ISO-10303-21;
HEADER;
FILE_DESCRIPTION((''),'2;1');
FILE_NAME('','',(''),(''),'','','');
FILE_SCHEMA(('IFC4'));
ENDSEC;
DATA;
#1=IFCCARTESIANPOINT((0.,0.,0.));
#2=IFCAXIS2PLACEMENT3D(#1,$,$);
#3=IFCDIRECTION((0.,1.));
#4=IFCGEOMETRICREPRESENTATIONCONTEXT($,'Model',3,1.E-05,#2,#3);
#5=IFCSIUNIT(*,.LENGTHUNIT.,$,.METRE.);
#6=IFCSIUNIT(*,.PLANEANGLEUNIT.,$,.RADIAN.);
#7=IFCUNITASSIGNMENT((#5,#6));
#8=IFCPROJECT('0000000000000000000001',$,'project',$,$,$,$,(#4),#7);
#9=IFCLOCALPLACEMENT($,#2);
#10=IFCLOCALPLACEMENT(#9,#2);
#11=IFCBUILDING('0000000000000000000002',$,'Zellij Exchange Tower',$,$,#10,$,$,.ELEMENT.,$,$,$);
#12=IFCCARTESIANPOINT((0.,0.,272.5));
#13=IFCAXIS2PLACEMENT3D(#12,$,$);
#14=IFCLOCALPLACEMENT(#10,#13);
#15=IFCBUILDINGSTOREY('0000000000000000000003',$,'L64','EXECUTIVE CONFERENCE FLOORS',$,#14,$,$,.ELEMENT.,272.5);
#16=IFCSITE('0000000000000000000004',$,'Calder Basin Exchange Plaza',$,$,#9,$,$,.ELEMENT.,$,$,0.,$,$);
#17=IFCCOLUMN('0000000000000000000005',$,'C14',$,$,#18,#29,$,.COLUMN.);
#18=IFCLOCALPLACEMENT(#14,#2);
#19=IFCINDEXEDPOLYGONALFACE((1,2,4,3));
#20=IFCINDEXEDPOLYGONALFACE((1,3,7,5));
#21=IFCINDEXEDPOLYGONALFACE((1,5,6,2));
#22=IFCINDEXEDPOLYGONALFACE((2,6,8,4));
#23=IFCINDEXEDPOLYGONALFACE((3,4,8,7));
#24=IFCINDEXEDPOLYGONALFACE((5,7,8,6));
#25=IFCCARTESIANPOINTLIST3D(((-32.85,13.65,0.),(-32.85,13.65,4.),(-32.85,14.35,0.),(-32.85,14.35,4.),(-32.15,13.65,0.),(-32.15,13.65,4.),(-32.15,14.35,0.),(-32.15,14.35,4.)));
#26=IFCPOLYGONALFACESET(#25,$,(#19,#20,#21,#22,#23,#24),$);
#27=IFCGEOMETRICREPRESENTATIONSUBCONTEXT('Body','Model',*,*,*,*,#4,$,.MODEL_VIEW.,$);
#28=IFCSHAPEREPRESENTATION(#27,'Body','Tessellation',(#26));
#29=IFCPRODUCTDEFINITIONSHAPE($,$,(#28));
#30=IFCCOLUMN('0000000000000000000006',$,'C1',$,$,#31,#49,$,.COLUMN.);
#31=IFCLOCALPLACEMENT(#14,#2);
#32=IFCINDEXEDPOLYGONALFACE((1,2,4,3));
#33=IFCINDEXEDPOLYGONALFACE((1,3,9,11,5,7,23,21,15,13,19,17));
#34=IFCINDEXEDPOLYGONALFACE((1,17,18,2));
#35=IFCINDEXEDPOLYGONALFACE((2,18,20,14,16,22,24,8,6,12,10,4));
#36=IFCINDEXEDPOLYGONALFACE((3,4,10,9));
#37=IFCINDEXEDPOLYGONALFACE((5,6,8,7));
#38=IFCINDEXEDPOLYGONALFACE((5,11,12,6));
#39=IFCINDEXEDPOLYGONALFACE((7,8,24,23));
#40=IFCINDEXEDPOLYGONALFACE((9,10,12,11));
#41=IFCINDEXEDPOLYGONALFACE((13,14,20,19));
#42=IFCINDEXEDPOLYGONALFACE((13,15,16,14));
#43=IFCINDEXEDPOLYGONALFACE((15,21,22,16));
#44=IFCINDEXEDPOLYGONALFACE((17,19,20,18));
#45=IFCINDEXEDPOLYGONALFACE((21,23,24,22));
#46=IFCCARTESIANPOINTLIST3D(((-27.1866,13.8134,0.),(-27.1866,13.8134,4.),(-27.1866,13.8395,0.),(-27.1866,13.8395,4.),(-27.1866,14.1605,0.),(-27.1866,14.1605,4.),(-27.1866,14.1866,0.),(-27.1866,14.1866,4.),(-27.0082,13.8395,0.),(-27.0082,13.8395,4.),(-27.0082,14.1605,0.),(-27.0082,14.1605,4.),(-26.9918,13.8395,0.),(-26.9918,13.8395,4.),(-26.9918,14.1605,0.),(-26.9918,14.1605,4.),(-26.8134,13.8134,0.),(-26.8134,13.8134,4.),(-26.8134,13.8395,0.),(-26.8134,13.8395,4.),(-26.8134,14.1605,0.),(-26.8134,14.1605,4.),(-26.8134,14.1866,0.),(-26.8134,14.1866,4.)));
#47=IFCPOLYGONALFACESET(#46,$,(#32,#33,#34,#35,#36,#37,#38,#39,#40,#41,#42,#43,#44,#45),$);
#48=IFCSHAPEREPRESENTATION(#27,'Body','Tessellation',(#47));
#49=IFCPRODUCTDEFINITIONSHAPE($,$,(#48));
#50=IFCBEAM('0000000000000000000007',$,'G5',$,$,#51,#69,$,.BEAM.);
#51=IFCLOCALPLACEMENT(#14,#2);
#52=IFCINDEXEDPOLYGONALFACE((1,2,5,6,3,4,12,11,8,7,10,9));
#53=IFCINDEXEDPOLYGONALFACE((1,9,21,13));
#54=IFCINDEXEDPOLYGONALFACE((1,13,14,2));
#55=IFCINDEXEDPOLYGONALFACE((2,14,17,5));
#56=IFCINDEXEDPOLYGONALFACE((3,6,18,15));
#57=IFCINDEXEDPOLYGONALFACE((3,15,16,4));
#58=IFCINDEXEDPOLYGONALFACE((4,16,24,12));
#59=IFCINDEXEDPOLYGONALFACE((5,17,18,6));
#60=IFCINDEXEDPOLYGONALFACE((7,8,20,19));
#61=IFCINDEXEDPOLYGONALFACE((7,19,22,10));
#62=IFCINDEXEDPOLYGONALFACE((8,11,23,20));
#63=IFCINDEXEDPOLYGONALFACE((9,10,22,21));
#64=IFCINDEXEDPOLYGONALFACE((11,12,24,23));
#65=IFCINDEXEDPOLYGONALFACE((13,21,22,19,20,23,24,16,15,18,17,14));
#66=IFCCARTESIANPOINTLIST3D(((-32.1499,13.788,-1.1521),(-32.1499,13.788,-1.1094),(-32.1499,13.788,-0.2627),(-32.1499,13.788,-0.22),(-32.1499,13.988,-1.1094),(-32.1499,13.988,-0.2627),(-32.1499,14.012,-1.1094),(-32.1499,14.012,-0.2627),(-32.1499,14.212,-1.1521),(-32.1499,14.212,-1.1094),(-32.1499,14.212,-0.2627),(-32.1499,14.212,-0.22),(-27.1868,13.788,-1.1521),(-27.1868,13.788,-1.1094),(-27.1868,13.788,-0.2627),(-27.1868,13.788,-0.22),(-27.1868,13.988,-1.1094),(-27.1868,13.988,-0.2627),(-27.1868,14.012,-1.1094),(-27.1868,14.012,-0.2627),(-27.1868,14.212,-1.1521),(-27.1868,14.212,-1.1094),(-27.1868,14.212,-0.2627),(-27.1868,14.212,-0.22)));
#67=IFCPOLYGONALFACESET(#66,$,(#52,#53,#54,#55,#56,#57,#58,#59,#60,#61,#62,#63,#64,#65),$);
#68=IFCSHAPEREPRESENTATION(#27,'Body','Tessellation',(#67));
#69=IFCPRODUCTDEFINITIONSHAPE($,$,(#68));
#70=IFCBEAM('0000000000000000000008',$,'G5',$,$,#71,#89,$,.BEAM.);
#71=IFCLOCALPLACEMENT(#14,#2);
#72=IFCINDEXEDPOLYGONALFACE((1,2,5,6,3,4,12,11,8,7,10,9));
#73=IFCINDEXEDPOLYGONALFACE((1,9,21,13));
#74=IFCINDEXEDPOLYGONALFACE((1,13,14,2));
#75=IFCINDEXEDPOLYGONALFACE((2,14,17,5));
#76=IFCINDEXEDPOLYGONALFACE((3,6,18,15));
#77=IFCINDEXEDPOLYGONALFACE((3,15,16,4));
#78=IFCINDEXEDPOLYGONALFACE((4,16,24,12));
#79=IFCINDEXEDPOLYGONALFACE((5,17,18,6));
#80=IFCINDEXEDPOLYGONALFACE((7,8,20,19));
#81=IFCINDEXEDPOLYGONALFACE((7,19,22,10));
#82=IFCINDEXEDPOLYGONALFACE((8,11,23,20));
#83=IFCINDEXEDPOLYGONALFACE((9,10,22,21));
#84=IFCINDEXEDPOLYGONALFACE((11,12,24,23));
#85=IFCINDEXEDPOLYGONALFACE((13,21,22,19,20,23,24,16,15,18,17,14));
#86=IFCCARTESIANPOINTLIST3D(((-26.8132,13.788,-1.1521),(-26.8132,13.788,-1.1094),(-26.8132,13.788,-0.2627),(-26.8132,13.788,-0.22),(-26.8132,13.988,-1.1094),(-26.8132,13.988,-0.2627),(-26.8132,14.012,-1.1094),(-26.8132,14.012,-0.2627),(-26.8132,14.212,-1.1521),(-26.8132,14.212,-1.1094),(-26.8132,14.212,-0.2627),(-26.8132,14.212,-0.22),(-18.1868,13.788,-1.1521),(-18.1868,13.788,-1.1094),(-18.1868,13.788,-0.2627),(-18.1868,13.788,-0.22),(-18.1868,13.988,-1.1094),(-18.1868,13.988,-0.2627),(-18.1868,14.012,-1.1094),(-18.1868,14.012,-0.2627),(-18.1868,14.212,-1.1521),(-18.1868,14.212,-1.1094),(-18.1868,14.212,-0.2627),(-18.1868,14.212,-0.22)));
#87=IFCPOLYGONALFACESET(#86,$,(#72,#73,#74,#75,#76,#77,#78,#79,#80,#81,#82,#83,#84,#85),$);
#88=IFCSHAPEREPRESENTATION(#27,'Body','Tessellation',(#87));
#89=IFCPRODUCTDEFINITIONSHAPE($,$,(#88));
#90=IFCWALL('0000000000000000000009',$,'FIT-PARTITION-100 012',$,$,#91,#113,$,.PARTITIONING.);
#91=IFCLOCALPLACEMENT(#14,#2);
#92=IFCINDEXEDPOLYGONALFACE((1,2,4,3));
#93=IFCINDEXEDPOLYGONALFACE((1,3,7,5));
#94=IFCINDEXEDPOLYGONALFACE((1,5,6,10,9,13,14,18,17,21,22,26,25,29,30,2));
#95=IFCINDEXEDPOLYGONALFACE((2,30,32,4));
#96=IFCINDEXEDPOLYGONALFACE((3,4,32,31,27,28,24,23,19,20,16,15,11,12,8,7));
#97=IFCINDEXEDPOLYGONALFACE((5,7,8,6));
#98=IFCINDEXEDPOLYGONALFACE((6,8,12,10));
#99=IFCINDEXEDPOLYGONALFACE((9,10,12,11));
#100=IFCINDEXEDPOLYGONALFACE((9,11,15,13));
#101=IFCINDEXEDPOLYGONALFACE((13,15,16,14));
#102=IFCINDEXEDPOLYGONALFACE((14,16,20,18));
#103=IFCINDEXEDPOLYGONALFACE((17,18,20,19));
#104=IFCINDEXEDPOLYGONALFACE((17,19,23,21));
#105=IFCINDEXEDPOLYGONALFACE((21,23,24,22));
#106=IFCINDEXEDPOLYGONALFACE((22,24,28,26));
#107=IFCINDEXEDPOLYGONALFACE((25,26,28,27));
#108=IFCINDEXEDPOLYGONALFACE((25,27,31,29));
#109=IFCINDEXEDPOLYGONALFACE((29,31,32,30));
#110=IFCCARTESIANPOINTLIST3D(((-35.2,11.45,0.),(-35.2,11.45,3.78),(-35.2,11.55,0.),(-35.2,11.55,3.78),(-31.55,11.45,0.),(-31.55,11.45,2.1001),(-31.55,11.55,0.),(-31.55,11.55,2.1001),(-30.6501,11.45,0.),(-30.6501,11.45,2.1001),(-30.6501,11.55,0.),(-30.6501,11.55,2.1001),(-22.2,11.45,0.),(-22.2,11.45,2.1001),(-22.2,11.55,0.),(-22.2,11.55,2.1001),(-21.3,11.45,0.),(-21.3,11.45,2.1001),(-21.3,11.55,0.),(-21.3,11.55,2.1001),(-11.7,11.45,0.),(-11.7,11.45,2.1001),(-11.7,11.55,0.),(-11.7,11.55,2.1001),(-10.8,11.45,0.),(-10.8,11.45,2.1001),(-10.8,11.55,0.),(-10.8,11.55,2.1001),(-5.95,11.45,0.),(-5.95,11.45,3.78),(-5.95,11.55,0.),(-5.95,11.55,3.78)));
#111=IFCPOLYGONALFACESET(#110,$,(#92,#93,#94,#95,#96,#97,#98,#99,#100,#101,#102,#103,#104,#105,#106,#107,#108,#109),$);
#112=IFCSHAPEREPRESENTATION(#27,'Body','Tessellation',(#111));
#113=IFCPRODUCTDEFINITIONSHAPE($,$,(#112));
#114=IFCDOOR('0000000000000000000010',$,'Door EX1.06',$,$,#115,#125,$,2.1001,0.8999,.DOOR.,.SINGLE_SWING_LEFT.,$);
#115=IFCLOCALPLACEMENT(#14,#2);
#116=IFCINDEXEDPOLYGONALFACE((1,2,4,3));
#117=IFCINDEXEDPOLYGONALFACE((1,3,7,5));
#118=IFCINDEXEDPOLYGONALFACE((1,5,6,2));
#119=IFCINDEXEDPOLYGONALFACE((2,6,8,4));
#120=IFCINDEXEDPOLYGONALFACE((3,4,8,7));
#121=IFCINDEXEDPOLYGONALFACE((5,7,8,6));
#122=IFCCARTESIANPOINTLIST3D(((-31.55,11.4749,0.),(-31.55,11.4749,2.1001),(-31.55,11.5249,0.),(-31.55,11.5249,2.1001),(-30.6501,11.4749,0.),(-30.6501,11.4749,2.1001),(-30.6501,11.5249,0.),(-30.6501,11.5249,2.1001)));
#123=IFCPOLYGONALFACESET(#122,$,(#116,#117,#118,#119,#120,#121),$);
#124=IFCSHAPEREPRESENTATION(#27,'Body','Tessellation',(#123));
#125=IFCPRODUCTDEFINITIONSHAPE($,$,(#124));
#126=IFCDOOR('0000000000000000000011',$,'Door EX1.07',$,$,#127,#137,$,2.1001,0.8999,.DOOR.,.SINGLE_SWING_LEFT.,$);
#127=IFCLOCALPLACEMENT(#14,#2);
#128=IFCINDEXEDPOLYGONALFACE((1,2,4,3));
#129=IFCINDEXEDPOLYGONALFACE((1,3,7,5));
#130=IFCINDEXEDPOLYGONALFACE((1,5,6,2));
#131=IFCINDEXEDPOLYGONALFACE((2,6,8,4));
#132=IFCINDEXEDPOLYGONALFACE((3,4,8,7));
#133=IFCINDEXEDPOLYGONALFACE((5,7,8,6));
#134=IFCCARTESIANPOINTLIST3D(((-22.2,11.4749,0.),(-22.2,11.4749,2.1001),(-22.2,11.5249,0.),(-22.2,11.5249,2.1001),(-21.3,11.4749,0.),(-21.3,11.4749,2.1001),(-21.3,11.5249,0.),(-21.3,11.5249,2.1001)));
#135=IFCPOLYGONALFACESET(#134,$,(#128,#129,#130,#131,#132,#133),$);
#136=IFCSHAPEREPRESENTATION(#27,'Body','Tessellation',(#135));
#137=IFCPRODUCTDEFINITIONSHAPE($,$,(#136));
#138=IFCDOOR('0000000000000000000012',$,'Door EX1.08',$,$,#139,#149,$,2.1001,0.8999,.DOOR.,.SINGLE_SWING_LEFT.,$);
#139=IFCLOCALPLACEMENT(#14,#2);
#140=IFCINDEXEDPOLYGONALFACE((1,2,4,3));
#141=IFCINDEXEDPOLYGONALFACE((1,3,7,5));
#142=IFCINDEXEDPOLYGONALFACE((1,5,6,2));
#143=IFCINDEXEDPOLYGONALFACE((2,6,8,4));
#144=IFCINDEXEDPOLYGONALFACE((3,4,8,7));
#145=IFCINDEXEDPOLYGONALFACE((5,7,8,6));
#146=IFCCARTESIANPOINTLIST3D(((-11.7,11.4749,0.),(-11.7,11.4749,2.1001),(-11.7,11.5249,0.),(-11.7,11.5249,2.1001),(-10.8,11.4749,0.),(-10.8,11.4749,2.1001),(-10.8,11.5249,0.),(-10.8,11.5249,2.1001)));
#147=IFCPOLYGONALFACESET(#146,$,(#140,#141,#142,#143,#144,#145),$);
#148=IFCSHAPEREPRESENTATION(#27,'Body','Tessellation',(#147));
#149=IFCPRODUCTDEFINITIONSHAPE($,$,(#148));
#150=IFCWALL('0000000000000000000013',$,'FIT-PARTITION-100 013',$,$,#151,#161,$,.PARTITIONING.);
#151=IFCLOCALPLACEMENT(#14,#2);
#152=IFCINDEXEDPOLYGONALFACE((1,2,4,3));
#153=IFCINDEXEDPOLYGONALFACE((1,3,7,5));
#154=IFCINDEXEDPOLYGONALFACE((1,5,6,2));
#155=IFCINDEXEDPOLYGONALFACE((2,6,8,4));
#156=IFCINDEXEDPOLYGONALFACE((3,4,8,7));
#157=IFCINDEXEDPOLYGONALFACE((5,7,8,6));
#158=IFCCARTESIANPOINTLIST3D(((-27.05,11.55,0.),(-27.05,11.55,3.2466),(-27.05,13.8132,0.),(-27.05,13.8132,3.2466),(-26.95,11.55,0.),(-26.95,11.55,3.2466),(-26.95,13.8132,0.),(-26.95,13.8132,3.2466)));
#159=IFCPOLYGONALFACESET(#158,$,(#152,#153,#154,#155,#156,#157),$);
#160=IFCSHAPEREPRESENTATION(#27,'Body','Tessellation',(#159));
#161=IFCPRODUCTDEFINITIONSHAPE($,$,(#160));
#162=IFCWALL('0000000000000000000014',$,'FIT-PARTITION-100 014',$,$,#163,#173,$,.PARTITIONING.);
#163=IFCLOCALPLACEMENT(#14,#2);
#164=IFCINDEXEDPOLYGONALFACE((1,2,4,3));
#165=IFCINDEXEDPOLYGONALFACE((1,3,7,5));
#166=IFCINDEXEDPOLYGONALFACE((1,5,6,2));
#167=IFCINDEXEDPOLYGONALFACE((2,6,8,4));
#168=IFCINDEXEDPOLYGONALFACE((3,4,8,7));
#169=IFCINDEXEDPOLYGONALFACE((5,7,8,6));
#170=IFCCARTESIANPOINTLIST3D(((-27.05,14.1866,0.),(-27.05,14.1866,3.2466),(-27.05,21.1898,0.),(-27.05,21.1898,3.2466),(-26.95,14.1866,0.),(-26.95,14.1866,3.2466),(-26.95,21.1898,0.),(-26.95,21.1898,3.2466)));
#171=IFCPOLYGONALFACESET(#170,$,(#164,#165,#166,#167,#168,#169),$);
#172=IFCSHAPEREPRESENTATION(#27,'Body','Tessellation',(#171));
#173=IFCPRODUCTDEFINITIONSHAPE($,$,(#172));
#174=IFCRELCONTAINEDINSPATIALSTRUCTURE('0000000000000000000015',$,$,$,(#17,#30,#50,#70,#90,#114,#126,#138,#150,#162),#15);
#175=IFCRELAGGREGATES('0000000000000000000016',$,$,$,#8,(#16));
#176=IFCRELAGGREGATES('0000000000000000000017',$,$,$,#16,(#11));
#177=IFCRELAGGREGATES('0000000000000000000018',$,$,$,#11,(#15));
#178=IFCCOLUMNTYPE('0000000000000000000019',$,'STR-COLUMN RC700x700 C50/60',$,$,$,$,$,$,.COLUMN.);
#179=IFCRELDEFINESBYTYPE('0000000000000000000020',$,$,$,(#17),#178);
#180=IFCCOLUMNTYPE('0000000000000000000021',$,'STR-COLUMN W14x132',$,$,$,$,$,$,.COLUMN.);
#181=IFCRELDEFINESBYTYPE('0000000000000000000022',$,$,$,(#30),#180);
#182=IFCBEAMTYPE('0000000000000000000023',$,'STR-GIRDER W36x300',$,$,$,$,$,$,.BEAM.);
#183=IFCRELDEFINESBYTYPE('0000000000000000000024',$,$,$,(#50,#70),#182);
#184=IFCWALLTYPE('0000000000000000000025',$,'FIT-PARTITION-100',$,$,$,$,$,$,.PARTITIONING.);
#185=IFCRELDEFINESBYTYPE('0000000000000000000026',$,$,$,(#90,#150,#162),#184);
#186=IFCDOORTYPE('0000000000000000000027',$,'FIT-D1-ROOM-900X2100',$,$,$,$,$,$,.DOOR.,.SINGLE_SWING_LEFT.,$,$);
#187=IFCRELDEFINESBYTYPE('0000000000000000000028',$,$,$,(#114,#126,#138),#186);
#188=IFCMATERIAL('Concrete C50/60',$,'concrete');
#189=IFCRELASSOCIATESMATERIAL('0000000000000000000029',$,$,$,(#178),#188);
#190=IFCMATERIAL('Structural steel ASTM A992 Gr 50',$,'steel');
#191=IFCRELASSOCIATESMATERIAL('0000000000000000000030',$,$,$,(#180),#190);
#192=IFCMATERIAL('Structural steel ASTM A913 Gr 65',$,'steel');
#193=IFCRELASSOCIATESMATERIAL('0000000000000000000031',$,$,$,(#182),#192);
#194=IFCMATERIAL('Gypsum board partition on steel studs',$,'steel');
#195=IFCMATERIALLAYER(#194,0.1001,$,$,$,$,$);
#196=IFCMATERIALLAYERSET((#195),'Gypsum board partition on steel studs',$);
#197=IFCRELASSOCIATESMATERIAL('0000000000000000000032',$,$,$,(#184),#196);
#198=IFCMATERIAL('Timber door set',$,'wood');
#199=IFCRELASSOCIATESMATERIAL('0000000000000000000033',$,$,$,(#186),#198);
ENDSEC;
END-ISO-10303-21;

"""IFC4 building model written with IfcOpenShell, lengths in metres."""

from ifc_helpers import new_model, si_unit, direction, frame, frame_2d, origin, origin_2d, place, context, subcontext, project, spatial, rectangle, i_section, extrude, material, layer, layer_set, material_profile, profile_set, type_object, element, fill, save


model = new_model("IFC4")

# Units and contexts
model_context = context("Model", 3, precision=1e-05, world=origin(), true_north=direction((0.0, 1.0)))
body_context = subcontext(model_context, "Body", "Model", "MODEL_VIEW")
ifc_project = project(units=[si_unit("LENGTHUNIT", "METRE"), si_unit("PLANEANGLEUNIT", "RADIAN")], contexts=[model_context])

# Site, building, storey
site_placement = place(None, origin())
site = spatial("IfcSite", under=ifc_project, at=site_placement, Name="Calder Basin Exchange Plaza", CompositionType="ELEMENT", RefElevation=0.0)
building_placement = place(site_placement, origin())
building = spatial("IfcBuilding", under=site, at=building_placement, Name="Zellij Exchange Tower", CompositionType="ELEMENT")
storey_placement = place(building_placement, frame((0.0, 0.0, 272.5)))
storey = spatial("IfcBuildingStorey", under=building, at=storey_placement, Name="L64", Description="EXECUTIVE CONFERENCE FLOORS", CompositionType="ELEMENT", Elevation=272.5)

# Columns
ifc_material_1 = material(Name="Concrete C50/60", Category="concrete")
ifc_material_profile_1 = material_profile(ifc_material_1, rectangle(XDim=0.7, YDim=0.7, at=origin_2d()), Name="STR-COLUMN RC700x700 C50/60")
ifc_profile_set_1 = profile_set([ifc_material_profile_1], Name="Concrete C50/60")
column_type_1 = type_object("IfcColumnType", Name="STR-COLUMN RC700x700 C50/60", PredefinedType="COLUMN", material=ifc_profile_set_1)
column_1_placement = place(storey_placement, frame((-32.5, 14.0, 0.0), z_axis=(0.0, 0.0, 1.0), x_axis=(1.0, 0.0, 0.0)))
element("IfcColumn", 1, at=column_1_placement, inside=storey, type_object=column_type_1, Name="C14", PredefinedType="COLUMN", context=body_context, shape_type="SweptSolid", body=[
    extrude(rectangle(XDim=0.7, YDim=0.7, at=origin_2d()), origin(), (0.0, 0.0, 1.0), 4.0),
])
ifc_material_2 = material(Name="Structural steel ASTM A992 Gr 50", Category="steel")
ifc_material_profile_2 = material_profile(ifc_material_2, i_section(OverallWidth=0.3733, OverallDepth=0.3733, WebThickness=0.0164, FlangeThickness=0.0261, at=origin_2d()), Name="W14x132")
ifc_profile_set_2 = profile_set([ifc_material_profile_2], Name="Structural steel ASTM A992 Gr 50")
column_type_2 = type_object("IfcColumnType", Name="STR-COLUMN W14x132", PredefinedType="COLUMN", material=ifc_profile_set_2)
column_2_placement = place(storey_placement, frame((-27.0, 14.0, 0.0), z_axis=(0.0, 0.0, 1.0), x_axis=(1.0, 0.0, 0.0)))
element("IfcColumn", 2, at=column_2_placement, inside=storey, type_object=column_type_2, Name="C1", PredefinedType="COLUMN", context=body_context, shape_type="SweptSolid", body=[
    extrude(i_section(OverallWidth=0.3733, OverallDepth=0.3733, WebThickness=0.0164, FlangeThickness=0.0261, at=origin_2d()), origin(), (0.0, 0.0, 1.0), 4.0),
])

# Beams
ifc_material_3 = material(Name="Structural steel ASTM A913 Gr 65", Category="steel")
ifc_material_profile_3 = material_profile(ifc_material_3, i_section(OverallWidth=0.4241, OverallDepth=0.9321, WebThickness=0.0239, FlangeThickness=0.0427, at=origin_2d()), Name="W36x300")
ifc_profile_set_3 = profile_set([ifc_material_profile_3], Name="Structural steel ASTM A913 Gr 65")
beam_type = type_object("IfcBeamType", Name="STR-GIRDER W36x300", PredefinedType="BEAM", material=ifc_profile_set_3)
beam_1_placement = place(storey_placement, frame((-32.1499, 14.0, -0.686), z_axis=(1.0, 0.0, 0.0), x_axis=(0.0, 1.0, 0.0)))
element("IfcBeam", 3, at=beam_1_placement, inside=storey, type_object=beam_type, Name="G5", PredefinedType="BEAM", context=body_context, shape_type="SweptSolid", body=[
    extrude(i_section(OverallWidth=0.4241, OverallDepth=0.9321, WebThickness=0.0239, FlangeThickness=0.0427, at=origin_2d()), origin(), (0.0, 0.0, 1.0), 4.9631),
])
beam_2_placement = place(storey_placement, frame((-26.8132, 14.0, -0.686), z_axis=(1.0, 0.0, 0.0), x_axis=(0.0, 1.0, 0.0)))
element("IfcBeam", 4, at=beam_2_placement, inside=storey, type_object=beam_type, Name="G5", PredefinedType="BEAM", context=body_context, shape_type="SweptSolid", body=[
    extrude(i_section(OverallWidth=0.4241, OverallDepth=0.9321, WebThickness=0.0239, FlangeThickness=0.0427, at=origin_2d()), origin(), (0.0, 0.0, 1.0), 8.6265),
])

# Wall, openings, doors
ifc_material_4 = material(Name="Gypsum board partition on steel studs", Category="steel")
ifc_layer_1 = layer(ifc_material_4, 0.1001)
ifc_layer_set_1 = layer_set([ifc_layer_1], Name="Gypsum board partition on steel studs")
wall_type = type_object("IfcWallType", Name="FIT-PARTITION-100", PredefinedType="PARTITIONING", material=ifc_layer_set_1)
wall_1_placement = place(storey_placement, frame((-35.2, 11.5, 0.0), z_axis=(0.0, 0.0, 1.0), x_axis=(1.0, 0.0, 0.0)))
wall_1 = element("IfcWall", 5, at=wall_1_placement, inside=storey, type_object=wall_type, Name="FIT-PARTITION-100 012", PredefinedType="PARTITIONING", context=body_context, shape_type="SweptSolid", body=[
    extrude(rectangle(XDim=29.25, YDim=0.1001, at=frame_2d((14.625, 0.0))), origin(), (0.0, 0.0, 1.0), 3.78),
])
opening_1_placement = place(wall_1_placement, frame((3.6499, 0.0, 0.0)))
opening_1 = element("IfcOpeningElement", 6, at=opening_1_placement, cuts=wall_1, PredefinedType="OPENING", context=body_context, shape_type="SweptSolid", body=[
    extrude(rectangle(XDim=0.8999, YDim=2.1001, at=frame_2d((0.45, 1.05))), frame((0.0, 0.062, 0.0), z_axis=(0.0, -1.0, 0.0), x_axis=(1.0, 0.0, 0.0)), (0.0, 0.0, 1.0), 0.124),
])
opening_2_placement = place(wall_1_placement, frame((13.0, 0.0, 0.0)))
opening_2 = element("IfcOpeningElement", 7, at=opening_2_placement, cuts=wall_1, PredefinedType="OPENING", context=body_context, shape_type="SweptSolid", body=[
    extrude(rectangle(XDim=0.8999, YDim=2.1001, at=frame_2d((0.45, 1.05))), frame((0.0, 0.062, 0.0), z_axis=(0.0, -1.0, 0.0), x_axis=(1.0, 0.0, 0.0)), (0.0, 0.0, 1.0), 0.124),
])
opening_3_placement = place(wall_1_placement, frame((23.5, 0.0, 0.0)))
opening_3 = element("IfcOpeningElement", 8, at=opening_3_placement, cuts=wall_1, PredefinedType="OPENING", context=body_context, shape_type="SweptSolid", body=[
    extrude(rectangle(XDim=0.8999, YDim=2.1001, at=frame_2d((0.45, 1.05))), frame((0.0, 0.062, 0.0), z_axis=(0.0, -1.0, 0.0), x_axis=(1.0, 0.0, 0.0)), (0.0, 0.0, 1.0), 0.124),
])
ifc_material_5 = material(Name="Timber door set", Category="wood")
door_type = type_object("IfcDoorType", Name="FIT-D1-ROOM-900X2100", OperationType="SINGLE_SWING_LEFT", PredefinedType="DOOR", material=ifc_material_5)
door_1_placement = place(opening_1_placement, origin())
door_1 = element("IfcDoor", 9, at=door_1_placement, inside=storey, type_object=door_type, Name="Door EX1.06", OperationType="SINGLE_SWING_LEFT", OverallHeight=2.1001, OverallWidth=0.8999, PredefinedType="DOOR", context=body_context, shape_type="SweptSolid", body=[
    extrude(rectangle(XDim=0.8999, YDim=2.1001, at=frame_2d((0.45, 1.05))), frame((0.0, 0.0249, 0.0), z_axis=(0.0, -1.0, 0.0), x_axis=(1.0, 0.0, 0.0)), (0.0, 0.0, 1.0), 0.05),
])
fill(opening_1, door_1)
door_2_placement = place(opening_2_placement, origin())
door_2 = element("IfcDoor", 10, at=door_2_placement, inside=storey, type_object=door_type, Name="Door EX1.07", OperationType="SINGLE_SWING_LEFT", OverallHeight=2.1001, OverallWidth=0.8999, PredefinedType="DOOR", context=body_context, shape_type="SweptSolid", body=[
    extrude(rectangle(XDim=0.8999, YDim=2.1001, at=frame_2d((0.45, 1.05))), frame((0.0, 0.0249, 0.0), z_axis=(0.0, -1.0, 0.0), x_axis=(1.0, 0.0, 0.0)), (0.0, 0.0, 1.0), 0.05),
])
fill(opening_2, door_2)
door_3_placement = place(opening_3_placement, origin())
door_3 = element("IfcDoor", 11, at=door_3_placement, inside=storey, type_object=door_type, Name="Door EX1.08", OperationType="SINGLE_SWING_LEFT", OverallHeight=2.1001, OverallWidth=0.8999, PredefinedType="DOOR", context=body_context, shape_type="SweptSolid", body=[
    extrude(rectangle(XDim=0.8999, YDim=2.1001, at=frame_2d((0.45, 1.05))), frame((0.0, 0.0249, 0.0), z_axis=(0.0, -1.0, 0.0), x_axis=(1.0, 0.0, 0.0)), (0.0, 0.0, 1.0), 0.05),
])
fill(opening_3, door_3)

# Walls
wall_2_placement = place(storey_placement, frame((-27.0, 11.55, 0.0), z_axis=(0.0, 0.0, 1.0), x_axis=(0.0, 1.0, 0.0)))
element("IfcWall", 12, at=wall_2_placement, inside=storey, type_object=wall_type, Name="FIT-PARTITION-100 013", PredefinedType="PARTITIONING", context=body_context, shape_type="SweptSolid", body=[
    extrude(rectangle(XDim=2.2632, YDim=0.1001, at=frame_2d((1.1316, 0.0))), origin(), (0.0, 0.0, 1.0), 3.2466),
])
wall_3_placement = place(storey_placement, frame((-27.0, 14.1868, 0.0), z_axis=(0.0, 0.0, 1.0), x_axis=(0.0, 1.0, 0.0)))
element("IfcWall", 13, at=wall_3_placement, inside=storey, type_object=wall_type, Name="FIT-PARTITION-100 014", PredefinedType="PARTITIONING", context=body_context, shape_type="SweptSolid", body=[
    extrude(rectangle(XDim=7.0032, YDim=0.1001, at=frame_2d((3.5015, 0.0))), origin(), (0.0, 0.0, 1.0), 3.2466),
])

save(model, "model.ifc")
